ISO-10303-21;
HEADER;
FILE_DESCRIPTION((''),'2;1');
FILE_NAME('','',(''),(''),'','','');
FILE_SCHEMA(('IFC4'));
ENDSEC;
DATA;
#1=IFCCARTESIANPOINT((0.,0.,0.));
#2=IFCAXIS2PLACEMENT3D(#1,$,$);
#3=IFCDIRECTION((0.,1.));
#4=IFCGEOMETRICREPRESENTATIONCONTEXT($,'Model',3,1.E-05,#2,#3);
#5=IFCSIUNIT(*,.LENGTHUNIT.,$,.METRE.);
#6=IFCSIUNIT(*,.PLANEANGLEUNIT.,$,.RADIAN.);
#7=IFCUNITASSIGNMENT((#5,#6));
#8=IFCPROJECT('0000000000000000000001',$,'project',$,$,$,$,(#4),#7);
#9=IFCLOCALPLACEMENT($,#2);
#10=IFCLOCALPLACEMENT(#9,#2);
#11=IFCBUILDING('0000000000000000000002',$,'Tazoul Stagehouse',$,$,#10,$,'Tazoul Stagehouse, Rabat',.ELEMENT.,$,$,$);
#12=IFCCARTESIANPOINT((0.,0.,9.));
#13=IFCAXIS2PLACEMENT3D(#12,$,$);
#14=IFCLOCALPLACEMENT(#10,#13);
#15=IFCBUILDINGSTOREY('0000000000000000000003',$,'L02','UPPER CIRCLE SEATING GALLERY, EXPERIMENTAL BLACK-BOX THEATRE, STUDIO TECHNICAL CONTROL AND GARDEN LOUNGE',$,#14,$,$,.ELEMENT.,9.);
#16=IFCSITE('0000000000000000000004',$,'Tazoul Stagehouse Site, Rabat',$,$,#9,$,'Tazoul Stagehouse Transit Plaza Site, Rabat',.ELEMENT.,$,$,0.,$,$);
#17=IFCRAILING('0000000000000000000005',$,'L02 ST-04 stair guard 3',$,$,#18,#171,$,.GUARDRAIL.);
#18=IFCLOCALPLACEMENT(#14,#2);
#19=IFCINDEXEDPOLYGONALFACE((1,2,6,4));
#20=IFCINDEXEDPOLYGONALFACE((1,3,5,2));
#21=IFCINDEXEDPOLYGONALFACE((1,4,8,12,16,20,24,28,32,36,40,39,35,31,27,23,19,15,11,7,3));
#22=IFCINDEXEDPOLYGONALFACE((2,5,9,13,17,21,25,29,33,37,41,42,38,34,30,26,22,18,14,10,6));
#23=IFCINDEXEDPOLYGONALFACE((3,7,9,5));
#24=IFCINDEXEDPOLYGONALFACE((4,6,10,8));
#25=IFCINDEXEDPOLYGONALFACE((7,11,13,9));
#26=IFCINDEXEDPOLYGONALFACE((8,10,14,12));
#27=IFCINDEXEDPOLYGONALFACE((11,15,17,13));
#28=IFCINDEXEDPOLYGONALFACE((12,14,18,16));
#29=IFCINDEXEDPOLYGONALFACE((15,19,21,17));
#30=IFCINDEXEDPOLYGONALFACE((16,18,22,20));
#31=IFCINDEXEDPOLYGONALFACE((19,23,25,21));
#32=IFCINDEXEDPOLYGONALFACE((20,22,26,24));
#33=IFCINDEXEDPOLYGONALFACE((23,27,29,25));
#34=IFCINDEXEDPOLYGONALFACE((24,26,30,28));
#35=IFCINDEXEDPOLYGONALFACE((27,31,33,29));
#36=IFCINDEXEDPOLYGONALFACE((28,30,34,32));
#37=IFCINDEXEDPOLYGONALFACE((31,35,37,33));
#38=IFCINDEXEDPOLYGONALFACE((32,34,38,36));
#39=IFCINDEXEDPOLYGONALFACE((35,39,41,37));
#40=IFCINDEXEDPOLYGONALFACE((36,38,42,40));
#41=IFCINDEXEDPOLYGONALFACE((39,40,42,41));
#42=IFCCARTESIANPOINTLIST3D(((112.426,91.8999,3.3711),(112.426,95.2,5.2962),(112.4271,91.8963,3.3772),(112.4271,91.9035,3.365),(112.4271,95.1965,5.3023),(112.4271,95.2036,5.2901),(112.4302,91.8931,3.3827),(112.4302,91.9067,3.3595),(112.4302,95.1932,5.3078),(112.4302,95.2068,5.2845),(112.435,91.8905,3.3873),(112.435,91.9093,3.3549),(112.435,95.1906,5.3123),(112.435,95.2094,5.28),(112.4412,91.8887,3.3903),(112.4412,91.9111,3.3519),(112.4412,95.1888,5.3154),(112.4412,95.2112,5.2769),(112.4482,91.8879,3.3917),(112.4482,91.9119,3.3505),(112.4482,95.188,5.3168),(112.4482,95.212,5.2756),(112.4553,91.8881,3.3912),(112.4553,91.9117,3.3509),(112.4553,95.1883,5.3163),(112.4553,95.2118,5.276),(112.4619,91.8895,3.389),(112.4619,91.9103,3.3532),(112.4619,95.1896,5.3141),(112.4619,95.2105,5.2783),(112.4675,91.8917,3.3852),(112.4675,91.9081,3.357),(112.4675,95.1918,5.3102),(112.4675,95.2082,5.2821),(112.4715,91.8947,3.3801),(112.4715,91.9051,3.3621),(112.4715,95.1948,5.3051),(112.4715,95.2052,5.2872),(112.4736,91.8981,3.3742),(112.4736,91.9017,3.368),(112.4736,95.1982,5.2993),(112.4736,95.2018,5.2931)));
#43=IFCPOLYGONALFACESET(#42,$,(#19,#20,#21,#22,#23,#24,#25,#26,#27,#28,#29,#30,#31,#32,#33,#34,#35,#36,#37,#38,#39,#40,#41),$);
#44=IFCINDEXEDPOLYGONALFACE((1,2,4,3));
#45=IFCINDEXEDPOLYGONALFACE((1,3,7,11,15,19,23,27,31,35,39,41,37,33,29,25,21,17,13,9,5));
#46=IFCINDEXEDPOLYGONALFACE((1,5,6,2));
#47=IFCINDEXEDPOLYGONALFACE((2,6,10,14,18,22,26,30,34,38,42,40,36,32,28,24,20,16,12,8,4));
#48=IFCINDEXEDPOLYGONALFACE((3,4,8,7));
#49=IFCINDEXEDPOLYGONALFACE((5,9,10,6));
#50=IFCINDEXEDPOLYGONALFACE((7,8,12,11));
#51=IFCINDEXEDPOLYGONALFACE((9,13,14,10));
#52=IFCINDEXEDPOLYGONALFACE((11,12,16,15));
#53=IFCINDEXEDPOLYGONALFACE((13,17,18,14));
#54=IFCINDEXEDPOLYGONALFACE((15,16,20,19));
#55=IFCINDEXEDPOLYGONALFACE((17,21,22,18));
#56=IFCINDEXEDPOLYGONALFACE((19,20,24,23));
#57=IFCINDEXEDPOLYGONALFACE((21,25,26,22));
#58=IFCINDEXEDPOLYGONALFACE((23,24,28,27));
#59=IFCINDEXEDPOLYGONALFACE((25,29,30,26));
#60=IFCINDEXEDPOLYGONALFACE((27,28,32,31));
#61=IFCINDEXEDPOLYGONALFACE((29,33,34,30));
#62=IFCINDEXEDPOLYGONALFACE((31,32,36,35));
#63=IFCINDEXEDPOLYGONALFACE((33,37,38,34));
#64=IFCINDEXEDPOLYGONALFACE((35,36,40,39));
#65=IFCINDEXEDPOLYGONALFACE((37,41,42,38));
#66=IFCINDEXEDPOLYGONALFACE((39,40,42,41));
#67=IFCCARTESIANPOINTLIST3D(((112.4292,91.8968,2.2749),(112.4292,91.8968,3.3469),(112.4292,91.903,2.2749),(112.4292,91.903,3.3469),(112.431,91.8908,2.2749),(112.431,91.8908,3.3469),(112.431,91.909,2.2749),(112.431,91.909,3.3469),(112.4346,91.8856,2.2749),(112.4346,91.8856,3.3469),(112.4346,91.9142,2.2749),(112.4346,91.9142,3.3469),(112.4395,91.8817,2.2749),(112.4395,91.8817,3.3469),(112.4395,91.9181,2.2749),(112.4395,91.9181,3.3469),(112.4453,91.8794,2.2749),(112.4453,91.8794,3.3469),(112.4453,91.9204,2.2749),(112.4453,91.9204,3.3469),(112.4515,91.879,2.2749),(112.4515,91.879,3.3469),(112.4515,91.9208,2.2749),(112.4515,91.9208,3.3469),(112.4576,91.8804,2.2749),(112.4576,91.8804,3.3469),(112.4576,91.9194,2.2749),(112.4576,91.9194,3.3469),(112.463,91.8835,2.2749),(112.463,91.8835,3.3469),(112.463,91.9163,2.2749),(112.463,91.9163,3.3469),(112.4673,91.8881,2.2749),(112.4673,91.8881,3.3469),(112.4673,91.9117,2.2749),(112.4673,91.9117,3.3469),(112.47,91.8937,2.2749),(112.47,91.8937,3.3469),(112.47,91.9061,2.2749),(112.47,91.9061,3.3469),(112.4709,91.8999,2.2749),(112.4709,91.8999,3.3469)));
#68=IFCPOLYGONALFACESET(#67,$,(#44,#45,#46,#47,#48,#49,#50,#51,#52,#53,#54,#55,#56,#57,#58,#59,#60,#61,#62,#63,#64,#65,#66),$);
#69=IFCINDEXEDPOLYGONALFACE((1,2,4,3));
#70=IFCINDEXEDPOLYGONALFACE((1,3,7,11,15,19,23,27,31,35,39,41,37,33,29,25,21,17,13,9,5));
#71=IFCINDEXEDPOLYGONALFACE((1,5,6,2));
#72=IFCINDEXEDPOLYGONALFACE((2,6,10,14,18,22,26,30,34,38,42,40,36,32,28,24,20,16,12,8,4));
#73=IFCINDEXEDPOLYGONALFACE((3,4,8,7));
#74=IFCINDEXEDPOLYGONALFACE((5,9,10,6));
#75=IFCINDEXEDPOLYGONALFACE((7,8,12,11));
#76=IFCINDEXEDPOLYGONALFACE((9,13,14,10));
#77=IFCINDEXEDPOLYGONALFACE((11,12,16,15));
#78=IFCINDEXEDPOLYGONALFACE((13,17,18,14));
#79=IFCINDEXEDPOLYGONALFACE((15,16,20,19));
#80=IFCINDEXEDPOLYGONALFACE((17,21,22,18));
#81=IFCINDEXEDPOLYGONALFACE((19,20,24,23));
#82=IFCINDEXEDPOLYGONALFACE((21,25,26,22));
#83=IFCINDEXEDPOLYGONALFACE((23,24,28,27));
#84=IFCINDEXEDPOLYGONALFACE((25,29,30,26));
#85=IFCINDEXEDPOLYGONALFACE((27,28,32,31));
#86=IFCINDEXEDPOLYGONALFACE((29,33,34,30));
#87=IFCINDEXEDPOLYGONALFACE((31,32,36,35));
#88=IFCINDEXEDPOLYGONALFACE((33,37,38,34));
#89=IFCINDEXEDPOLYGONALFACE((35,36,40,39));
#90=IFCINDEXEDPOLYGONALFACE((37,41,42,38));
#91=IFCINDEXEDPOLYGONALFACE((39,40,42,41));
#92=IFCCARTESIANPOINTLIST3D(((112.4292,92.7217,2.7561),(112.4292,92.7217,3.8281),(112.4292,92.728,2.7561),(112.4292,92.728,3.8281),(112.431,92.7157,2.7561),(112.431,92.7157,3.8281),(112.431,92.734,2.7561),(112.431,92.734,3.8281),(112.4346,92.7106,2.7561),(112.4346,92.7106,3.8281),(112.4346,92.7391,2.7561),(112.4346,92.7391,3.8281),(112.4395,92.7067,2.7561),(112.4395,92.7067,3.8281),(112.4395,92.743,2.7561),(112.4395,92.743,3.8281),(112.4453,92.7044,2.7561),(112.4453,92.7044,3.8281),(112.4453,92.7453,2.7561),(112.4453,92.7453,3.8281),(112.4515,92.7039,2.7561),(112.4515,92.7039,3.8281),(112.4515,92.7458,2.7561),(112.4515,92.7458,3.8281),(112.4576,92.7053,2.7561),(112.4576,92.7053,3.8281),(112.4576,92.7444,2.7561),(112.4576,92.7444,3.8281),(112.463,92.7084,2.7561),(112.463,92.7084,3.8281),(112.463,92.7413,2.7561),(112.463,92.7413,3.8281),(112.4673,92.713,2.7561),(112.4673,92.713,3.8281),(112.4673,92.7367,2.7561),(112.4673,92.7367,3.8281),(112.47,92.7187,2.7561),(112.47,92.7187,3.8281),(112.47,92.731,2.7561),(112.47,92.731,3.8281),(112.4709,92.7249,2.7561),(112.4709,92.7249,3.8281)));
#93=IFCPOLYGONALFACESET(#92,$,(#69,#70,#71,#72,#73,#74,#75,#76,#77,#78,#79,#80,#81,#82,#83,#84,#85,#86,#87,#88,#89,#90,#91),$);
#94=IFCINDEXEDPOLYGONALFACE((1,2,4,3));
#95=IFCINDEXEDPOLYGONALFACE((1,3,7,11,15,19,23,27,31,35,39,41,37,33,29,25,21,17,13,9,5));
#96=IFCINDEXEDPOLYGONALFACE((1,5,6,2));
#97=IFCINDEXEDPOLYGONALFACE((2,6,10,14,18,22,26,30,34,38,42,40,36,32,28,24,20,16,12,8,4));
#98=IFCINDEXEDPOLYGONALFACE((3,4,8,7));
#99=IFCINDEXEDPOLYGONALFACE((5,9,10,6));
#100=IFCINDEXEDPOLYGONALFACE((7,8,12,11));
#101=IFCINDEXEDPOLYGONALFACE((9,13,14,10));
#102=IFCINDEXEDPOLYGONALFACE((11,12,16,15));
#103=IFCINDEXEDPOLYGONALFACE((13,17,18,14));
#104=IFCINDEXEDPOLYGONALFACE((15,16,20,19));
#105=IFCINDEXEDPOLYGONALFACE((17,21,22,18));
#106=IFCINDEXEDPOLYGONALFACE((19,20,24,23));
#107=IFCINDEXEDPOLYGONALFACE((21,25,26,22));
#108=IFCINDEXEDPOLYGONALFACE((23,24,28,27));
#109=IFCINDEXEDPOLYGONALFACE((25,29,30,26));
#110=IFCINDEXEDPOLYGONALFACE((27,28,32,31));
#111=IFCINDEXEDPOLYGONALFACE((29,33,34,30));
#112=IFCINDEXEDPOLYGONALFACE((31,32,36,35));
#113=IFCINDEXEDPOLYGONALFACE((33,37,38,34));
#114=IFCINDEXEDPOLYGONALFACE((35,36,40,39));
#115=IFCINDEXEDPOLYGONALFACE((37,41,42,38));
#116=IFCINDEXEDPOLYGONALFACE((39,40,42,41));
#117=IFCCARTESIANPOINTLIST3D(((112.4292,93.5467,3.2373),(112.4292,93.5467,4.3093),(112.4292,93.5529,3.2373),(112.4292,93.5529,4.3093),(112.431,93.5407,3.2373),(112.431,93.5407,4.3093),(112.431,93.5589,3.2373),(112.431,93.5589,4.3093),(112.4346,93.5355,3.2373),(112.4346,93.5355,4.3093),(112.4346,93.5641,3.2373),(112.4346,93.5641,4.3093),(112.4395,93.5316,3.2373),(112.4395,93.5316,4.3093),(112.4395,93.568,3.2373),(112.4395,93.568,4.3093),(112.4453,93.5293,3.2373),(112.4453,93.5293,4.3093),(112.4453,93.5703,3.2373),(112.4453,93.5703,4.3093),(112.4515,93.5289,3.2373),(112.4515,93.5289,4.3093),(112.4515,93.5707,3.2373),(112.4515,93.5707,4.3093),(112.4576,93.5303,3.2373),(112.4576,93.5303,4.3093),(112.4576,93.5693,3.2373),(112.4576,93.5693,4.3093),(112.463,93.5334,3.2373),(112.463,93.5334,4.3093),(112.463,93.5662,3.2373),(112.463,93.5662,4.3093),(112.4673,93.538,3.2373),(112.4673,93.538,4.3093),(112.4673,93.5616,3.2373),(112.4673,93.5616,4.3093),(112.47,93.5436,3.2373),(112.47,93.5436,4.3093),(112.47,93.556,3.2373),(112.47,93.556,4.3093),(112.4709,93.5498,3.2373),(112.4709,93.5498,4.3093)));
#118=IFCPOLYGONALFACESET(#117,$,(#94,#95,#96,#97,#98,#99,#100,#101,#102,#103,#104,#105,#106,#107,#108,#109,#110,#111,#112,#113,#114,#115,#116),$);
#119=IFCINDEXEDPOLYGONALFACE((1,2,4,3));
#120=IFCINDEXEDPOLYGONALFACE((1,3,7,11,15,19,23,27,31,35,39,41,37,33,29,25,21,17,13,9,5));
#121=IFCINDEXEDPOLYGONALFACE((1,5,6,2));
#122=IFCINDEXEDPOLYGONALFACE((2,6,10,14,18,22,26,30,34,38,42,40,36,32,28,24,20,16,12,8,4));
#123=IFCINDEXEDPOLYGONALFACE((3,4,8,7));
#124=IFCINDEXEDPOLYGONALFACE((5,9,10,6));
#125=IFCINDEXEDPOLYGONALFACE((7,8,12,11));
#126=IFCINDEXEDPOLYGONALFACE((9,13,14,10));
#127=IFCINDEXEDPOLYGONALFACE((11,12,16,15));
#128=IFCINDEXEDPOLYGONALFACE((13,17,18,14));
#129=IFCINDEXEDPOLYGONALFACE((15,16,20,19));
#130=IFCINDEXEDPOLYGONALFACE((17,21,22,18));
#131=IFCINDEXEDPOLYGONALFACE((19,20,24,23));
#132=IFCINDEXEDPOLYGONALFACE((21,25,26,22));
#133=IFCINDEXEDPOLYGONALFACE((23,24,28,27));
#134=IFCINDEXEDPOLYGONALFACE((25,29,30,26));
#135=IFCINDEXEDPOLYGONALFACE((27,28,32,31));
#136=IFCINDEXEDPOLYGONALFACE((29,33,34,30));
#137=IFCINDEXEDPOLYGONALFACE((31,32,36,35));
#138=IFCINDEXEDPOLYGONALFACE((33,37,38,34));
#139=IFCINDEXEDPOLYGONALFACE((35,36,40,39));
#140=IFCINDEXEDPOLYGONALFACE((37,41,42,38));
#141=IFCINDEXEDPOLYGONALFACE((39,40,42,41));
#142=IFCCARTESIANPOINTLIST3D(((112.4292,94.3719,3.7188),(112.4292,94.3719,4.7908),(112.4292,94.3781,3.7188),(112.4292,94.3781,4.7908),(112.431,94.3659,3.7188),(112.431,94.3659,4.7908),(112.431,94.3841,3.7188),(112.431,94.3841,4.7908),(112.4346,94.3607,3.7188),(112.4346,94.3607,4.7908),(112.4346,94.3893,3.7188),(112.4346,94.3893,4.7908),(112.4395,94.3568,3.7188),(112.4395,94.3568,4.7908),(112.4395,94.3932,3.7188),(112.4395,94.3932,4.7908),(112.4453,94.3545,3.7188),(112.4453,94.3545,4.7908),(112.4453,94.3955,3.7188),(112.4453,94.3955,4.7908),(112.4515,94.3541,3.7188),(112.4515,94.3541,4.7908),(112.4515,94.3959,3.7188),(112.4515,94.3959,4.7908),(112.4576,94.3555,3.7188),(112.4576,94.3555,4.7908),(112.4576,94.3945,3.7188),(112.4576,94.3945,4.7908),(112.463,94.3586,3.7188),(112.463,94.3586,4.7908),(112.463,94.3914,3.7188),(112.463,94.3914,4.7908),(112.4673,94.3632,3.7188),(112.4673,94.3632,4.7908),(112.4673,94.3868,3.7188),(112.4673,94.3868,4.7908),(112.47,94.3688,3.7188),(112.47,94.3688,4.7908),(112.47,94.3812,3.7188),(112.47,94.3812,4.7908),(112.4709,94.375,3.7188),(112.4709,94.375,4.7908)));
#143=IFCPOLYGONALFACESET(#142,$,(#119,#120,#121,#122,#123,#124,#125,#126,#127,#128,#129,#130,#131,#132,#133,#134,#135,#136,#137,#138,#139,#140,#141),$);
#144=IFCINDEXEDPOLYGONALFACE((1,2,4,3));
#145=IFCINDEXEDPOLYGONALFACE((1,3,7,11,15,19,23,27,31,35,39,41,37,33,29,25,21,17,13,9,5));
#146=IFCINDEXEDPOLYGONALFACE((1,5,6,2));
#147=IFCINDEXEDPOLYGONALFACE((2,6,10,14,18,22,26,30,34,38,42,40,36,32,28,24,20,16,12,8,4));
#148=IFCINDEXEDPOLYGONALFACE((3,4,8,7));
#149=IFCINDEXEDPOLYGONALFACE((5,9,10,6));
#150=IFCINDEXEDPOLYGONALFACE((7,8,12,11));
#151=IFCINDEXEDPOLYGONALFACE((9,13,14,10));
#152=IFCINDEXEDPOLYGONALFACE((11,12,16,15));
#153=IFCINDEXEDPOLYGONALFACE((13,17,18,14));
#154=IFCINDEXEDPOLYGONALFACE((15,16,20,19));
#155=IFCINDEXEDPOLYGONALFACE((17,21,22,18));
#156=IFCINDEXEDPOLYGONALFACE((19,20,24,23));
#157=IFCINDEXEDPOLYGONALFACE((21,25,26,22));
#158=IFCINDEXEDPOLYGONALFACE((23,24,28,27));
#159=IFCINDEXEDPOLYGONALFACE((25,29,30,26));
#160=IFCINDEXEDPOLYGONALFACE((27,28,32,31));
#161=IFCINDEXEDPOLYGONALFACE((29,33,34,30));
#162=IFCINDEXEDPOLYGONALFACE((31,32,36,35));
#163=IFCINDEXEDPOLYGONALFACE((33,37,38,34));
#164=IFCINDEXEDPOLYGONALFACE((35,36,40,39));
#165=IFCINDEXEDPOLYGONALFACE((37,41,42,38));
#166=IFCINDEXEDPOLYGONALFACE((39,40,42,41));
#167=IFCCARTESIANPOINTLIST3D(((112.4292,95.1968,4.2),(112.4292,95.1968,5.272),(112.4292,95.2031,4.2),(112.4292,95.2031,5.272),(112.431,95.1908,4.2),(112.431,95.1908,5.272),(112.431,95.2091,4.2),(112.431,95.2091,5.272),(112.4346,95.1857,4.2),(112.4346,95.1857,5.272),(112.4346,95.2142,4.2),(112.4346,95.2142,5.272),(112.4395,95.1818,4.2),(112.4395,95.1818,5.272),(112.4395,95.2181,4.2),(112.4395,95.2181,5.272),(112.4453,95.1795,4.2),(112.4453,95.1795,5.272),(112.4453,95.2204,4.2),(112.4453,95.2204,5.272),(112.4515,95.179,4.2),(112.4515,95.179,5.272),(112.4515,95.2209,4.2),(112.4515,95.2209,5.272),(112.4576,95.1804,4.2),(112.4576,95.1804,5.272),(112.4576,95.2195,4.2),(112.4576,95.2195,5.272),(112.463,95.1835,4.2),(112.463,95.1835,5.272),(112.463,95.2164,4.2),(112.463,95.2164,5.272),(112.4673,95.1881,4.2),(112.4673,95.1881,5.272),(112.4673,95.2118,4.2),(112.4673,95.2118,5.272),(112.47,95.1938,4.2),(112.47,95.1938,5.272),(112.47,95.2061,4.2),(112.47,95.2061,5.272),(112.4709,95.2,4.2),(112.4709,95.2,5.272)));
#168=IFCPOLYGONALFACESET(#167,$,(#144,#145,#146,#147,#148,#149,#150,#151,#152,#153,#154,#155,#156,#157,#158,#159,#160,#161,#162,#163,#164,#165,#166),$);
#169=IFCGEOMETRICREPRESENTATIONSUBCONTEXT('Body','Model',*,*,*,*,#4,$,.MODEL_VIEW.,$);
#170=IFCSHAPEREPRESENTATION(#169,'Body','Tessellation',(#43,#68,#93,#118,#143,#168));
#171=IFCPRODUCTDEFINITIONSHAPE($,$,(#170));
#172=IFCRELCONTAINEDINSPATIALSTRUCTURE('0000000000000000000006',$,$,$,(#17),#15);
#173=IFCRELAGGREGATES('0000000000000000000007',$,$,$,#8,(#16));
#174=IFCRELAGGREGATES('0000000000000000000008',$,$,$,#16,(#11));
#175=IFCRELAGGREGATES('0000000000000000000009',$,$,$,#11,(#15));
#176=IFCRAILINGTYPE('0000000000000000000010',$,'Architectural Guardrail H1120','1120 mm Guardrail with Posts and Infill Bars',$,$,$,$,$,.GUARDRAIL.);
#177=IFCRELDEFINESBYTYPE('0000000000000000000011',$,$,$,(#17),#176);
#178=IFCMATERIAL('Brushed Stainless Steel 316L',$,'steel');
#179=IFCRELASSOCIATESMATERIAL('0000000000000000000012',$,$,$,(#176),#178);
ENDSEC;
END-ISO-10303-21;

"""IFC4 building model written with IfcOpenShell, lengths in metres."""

from ifc_helpers import new_model, si_unit, direction, frame, origin, origin_2d, place, context, subcontext, project, spatial, circle, extrude, material, material_profile, profile_set, type_object, element, save


model = new_model("IFC4")

# Units and contexts
model_context = context("Model", 3, precision=1e-05, world=origin(), true_north=direction((0.0, 1.0)))
body_context = subcontext(model_context, "Body", "Model", "MODEL_VIEW")
ifc_project = project(units=[si_unit("LENGTHUNIT", "METRE"), si_unit("PLANEANGLEUNIT", "RADIAN")], contexts=[model_context])

# Site, building, storey
site_placement = place(None, origin())
site = spatial("IfcSite", under=ifc_project, at=site_placement, Name="Tazoul Stagehouse Site, Rabat", LongName="Tazoul Stagehouse Transit Plaza Site, Rabat", CompositionType="ELEMENT", RefElevation=0.0)
building_placement = place(site_placement, origin())
building = spatial("IfcBuilding", under=site, at=building_placement, Name="Tazoul Stagehouse", LongName="Tazoul Stagehouse, Rabat", CompositionType="ELEMENT")
storey_placement = place(building_placement, frame((0.0, 0.0, 9.0)))
storey = spatial("IfcBuildingStorey", under=building, at=storey_placement, Name="L02", Description="UPPER CIRCLE SEATING GALLERY, EXPERIMENTAL BLACK-BOX THEATRE, STUDIO TECHNICAL CONTROL AND GARDEN LOUNGE", CompositionType="ELEMENT", Elevation=9.0)

# Railing
ifc_material_1 = material(Name="Brushed Stainless Steel 316L", Category="steel")
ifc_material_profile_1 = material_profile(ifc_material_1, circle(Radius=0.0239, at=origin_2d()), Name="SS RAIL D48")
ifc_profile_set_1 = profile_set([ifc_material_profile_1], Name="Brushed Stainless Steel 316L")
railing_type = type_object("IfcRailingType", Name="Architectural Guardrail H1120", Description="1120 mm Guardrail with Posts and Infill Bars", PredefinedType="GUARDRAIL", material=ifc_profile_set_1)
railing_1_placement = place(storey_placement, frame((112.45, 91.8999, 2.2749)))
element("IfcRailing", 1, at=railing_1_placement, inside=storey, type_object=railing_type, Name="L02 ST-04 stair guard 3", PredefinedType="GUARDRAIL", context=body_context, shape_type="SweptSolid", body=[
    extrude(circle(Radius=0.0239, at=origin_2d()), frame((0.0, 0.0, 1.0962), z_axis=(0.0, 0.863777, 0.503875), x_axis=(-1.0, 0.0, 0.0)), (0.0, 0.0, 1.0), 3.8206),
    extrude(circle(Radius=0.021, at=origin_2d()), origin(), (0.0, 0.0, 1.0), 1.072),
    extrude(circle(Radius=0.021, at=origin_2d()), frame((0.0, 0.825, 0.4812)), (0.0, 0.0, 1.0), 1.072),
    extrude(circle(Radius=0.021, at=origin_2d()), frame((0.0, 1.6499, 0.9624)), (0.0, 0.0, 1.0), 1.072),
    extrude(circle(Radius=0.021, at=origin_2d()), frame((0.0, 2.4751, 1.4438)), (0.0, 0.0, 1.0), 1.072),
    extrude(circle(Radius=0.021, at=origin_2d()), frame((0.0, 3.3, 1.925)), (0.0, 0.0, 1.0), 1.072),
])

save(model, "model.ifc")
